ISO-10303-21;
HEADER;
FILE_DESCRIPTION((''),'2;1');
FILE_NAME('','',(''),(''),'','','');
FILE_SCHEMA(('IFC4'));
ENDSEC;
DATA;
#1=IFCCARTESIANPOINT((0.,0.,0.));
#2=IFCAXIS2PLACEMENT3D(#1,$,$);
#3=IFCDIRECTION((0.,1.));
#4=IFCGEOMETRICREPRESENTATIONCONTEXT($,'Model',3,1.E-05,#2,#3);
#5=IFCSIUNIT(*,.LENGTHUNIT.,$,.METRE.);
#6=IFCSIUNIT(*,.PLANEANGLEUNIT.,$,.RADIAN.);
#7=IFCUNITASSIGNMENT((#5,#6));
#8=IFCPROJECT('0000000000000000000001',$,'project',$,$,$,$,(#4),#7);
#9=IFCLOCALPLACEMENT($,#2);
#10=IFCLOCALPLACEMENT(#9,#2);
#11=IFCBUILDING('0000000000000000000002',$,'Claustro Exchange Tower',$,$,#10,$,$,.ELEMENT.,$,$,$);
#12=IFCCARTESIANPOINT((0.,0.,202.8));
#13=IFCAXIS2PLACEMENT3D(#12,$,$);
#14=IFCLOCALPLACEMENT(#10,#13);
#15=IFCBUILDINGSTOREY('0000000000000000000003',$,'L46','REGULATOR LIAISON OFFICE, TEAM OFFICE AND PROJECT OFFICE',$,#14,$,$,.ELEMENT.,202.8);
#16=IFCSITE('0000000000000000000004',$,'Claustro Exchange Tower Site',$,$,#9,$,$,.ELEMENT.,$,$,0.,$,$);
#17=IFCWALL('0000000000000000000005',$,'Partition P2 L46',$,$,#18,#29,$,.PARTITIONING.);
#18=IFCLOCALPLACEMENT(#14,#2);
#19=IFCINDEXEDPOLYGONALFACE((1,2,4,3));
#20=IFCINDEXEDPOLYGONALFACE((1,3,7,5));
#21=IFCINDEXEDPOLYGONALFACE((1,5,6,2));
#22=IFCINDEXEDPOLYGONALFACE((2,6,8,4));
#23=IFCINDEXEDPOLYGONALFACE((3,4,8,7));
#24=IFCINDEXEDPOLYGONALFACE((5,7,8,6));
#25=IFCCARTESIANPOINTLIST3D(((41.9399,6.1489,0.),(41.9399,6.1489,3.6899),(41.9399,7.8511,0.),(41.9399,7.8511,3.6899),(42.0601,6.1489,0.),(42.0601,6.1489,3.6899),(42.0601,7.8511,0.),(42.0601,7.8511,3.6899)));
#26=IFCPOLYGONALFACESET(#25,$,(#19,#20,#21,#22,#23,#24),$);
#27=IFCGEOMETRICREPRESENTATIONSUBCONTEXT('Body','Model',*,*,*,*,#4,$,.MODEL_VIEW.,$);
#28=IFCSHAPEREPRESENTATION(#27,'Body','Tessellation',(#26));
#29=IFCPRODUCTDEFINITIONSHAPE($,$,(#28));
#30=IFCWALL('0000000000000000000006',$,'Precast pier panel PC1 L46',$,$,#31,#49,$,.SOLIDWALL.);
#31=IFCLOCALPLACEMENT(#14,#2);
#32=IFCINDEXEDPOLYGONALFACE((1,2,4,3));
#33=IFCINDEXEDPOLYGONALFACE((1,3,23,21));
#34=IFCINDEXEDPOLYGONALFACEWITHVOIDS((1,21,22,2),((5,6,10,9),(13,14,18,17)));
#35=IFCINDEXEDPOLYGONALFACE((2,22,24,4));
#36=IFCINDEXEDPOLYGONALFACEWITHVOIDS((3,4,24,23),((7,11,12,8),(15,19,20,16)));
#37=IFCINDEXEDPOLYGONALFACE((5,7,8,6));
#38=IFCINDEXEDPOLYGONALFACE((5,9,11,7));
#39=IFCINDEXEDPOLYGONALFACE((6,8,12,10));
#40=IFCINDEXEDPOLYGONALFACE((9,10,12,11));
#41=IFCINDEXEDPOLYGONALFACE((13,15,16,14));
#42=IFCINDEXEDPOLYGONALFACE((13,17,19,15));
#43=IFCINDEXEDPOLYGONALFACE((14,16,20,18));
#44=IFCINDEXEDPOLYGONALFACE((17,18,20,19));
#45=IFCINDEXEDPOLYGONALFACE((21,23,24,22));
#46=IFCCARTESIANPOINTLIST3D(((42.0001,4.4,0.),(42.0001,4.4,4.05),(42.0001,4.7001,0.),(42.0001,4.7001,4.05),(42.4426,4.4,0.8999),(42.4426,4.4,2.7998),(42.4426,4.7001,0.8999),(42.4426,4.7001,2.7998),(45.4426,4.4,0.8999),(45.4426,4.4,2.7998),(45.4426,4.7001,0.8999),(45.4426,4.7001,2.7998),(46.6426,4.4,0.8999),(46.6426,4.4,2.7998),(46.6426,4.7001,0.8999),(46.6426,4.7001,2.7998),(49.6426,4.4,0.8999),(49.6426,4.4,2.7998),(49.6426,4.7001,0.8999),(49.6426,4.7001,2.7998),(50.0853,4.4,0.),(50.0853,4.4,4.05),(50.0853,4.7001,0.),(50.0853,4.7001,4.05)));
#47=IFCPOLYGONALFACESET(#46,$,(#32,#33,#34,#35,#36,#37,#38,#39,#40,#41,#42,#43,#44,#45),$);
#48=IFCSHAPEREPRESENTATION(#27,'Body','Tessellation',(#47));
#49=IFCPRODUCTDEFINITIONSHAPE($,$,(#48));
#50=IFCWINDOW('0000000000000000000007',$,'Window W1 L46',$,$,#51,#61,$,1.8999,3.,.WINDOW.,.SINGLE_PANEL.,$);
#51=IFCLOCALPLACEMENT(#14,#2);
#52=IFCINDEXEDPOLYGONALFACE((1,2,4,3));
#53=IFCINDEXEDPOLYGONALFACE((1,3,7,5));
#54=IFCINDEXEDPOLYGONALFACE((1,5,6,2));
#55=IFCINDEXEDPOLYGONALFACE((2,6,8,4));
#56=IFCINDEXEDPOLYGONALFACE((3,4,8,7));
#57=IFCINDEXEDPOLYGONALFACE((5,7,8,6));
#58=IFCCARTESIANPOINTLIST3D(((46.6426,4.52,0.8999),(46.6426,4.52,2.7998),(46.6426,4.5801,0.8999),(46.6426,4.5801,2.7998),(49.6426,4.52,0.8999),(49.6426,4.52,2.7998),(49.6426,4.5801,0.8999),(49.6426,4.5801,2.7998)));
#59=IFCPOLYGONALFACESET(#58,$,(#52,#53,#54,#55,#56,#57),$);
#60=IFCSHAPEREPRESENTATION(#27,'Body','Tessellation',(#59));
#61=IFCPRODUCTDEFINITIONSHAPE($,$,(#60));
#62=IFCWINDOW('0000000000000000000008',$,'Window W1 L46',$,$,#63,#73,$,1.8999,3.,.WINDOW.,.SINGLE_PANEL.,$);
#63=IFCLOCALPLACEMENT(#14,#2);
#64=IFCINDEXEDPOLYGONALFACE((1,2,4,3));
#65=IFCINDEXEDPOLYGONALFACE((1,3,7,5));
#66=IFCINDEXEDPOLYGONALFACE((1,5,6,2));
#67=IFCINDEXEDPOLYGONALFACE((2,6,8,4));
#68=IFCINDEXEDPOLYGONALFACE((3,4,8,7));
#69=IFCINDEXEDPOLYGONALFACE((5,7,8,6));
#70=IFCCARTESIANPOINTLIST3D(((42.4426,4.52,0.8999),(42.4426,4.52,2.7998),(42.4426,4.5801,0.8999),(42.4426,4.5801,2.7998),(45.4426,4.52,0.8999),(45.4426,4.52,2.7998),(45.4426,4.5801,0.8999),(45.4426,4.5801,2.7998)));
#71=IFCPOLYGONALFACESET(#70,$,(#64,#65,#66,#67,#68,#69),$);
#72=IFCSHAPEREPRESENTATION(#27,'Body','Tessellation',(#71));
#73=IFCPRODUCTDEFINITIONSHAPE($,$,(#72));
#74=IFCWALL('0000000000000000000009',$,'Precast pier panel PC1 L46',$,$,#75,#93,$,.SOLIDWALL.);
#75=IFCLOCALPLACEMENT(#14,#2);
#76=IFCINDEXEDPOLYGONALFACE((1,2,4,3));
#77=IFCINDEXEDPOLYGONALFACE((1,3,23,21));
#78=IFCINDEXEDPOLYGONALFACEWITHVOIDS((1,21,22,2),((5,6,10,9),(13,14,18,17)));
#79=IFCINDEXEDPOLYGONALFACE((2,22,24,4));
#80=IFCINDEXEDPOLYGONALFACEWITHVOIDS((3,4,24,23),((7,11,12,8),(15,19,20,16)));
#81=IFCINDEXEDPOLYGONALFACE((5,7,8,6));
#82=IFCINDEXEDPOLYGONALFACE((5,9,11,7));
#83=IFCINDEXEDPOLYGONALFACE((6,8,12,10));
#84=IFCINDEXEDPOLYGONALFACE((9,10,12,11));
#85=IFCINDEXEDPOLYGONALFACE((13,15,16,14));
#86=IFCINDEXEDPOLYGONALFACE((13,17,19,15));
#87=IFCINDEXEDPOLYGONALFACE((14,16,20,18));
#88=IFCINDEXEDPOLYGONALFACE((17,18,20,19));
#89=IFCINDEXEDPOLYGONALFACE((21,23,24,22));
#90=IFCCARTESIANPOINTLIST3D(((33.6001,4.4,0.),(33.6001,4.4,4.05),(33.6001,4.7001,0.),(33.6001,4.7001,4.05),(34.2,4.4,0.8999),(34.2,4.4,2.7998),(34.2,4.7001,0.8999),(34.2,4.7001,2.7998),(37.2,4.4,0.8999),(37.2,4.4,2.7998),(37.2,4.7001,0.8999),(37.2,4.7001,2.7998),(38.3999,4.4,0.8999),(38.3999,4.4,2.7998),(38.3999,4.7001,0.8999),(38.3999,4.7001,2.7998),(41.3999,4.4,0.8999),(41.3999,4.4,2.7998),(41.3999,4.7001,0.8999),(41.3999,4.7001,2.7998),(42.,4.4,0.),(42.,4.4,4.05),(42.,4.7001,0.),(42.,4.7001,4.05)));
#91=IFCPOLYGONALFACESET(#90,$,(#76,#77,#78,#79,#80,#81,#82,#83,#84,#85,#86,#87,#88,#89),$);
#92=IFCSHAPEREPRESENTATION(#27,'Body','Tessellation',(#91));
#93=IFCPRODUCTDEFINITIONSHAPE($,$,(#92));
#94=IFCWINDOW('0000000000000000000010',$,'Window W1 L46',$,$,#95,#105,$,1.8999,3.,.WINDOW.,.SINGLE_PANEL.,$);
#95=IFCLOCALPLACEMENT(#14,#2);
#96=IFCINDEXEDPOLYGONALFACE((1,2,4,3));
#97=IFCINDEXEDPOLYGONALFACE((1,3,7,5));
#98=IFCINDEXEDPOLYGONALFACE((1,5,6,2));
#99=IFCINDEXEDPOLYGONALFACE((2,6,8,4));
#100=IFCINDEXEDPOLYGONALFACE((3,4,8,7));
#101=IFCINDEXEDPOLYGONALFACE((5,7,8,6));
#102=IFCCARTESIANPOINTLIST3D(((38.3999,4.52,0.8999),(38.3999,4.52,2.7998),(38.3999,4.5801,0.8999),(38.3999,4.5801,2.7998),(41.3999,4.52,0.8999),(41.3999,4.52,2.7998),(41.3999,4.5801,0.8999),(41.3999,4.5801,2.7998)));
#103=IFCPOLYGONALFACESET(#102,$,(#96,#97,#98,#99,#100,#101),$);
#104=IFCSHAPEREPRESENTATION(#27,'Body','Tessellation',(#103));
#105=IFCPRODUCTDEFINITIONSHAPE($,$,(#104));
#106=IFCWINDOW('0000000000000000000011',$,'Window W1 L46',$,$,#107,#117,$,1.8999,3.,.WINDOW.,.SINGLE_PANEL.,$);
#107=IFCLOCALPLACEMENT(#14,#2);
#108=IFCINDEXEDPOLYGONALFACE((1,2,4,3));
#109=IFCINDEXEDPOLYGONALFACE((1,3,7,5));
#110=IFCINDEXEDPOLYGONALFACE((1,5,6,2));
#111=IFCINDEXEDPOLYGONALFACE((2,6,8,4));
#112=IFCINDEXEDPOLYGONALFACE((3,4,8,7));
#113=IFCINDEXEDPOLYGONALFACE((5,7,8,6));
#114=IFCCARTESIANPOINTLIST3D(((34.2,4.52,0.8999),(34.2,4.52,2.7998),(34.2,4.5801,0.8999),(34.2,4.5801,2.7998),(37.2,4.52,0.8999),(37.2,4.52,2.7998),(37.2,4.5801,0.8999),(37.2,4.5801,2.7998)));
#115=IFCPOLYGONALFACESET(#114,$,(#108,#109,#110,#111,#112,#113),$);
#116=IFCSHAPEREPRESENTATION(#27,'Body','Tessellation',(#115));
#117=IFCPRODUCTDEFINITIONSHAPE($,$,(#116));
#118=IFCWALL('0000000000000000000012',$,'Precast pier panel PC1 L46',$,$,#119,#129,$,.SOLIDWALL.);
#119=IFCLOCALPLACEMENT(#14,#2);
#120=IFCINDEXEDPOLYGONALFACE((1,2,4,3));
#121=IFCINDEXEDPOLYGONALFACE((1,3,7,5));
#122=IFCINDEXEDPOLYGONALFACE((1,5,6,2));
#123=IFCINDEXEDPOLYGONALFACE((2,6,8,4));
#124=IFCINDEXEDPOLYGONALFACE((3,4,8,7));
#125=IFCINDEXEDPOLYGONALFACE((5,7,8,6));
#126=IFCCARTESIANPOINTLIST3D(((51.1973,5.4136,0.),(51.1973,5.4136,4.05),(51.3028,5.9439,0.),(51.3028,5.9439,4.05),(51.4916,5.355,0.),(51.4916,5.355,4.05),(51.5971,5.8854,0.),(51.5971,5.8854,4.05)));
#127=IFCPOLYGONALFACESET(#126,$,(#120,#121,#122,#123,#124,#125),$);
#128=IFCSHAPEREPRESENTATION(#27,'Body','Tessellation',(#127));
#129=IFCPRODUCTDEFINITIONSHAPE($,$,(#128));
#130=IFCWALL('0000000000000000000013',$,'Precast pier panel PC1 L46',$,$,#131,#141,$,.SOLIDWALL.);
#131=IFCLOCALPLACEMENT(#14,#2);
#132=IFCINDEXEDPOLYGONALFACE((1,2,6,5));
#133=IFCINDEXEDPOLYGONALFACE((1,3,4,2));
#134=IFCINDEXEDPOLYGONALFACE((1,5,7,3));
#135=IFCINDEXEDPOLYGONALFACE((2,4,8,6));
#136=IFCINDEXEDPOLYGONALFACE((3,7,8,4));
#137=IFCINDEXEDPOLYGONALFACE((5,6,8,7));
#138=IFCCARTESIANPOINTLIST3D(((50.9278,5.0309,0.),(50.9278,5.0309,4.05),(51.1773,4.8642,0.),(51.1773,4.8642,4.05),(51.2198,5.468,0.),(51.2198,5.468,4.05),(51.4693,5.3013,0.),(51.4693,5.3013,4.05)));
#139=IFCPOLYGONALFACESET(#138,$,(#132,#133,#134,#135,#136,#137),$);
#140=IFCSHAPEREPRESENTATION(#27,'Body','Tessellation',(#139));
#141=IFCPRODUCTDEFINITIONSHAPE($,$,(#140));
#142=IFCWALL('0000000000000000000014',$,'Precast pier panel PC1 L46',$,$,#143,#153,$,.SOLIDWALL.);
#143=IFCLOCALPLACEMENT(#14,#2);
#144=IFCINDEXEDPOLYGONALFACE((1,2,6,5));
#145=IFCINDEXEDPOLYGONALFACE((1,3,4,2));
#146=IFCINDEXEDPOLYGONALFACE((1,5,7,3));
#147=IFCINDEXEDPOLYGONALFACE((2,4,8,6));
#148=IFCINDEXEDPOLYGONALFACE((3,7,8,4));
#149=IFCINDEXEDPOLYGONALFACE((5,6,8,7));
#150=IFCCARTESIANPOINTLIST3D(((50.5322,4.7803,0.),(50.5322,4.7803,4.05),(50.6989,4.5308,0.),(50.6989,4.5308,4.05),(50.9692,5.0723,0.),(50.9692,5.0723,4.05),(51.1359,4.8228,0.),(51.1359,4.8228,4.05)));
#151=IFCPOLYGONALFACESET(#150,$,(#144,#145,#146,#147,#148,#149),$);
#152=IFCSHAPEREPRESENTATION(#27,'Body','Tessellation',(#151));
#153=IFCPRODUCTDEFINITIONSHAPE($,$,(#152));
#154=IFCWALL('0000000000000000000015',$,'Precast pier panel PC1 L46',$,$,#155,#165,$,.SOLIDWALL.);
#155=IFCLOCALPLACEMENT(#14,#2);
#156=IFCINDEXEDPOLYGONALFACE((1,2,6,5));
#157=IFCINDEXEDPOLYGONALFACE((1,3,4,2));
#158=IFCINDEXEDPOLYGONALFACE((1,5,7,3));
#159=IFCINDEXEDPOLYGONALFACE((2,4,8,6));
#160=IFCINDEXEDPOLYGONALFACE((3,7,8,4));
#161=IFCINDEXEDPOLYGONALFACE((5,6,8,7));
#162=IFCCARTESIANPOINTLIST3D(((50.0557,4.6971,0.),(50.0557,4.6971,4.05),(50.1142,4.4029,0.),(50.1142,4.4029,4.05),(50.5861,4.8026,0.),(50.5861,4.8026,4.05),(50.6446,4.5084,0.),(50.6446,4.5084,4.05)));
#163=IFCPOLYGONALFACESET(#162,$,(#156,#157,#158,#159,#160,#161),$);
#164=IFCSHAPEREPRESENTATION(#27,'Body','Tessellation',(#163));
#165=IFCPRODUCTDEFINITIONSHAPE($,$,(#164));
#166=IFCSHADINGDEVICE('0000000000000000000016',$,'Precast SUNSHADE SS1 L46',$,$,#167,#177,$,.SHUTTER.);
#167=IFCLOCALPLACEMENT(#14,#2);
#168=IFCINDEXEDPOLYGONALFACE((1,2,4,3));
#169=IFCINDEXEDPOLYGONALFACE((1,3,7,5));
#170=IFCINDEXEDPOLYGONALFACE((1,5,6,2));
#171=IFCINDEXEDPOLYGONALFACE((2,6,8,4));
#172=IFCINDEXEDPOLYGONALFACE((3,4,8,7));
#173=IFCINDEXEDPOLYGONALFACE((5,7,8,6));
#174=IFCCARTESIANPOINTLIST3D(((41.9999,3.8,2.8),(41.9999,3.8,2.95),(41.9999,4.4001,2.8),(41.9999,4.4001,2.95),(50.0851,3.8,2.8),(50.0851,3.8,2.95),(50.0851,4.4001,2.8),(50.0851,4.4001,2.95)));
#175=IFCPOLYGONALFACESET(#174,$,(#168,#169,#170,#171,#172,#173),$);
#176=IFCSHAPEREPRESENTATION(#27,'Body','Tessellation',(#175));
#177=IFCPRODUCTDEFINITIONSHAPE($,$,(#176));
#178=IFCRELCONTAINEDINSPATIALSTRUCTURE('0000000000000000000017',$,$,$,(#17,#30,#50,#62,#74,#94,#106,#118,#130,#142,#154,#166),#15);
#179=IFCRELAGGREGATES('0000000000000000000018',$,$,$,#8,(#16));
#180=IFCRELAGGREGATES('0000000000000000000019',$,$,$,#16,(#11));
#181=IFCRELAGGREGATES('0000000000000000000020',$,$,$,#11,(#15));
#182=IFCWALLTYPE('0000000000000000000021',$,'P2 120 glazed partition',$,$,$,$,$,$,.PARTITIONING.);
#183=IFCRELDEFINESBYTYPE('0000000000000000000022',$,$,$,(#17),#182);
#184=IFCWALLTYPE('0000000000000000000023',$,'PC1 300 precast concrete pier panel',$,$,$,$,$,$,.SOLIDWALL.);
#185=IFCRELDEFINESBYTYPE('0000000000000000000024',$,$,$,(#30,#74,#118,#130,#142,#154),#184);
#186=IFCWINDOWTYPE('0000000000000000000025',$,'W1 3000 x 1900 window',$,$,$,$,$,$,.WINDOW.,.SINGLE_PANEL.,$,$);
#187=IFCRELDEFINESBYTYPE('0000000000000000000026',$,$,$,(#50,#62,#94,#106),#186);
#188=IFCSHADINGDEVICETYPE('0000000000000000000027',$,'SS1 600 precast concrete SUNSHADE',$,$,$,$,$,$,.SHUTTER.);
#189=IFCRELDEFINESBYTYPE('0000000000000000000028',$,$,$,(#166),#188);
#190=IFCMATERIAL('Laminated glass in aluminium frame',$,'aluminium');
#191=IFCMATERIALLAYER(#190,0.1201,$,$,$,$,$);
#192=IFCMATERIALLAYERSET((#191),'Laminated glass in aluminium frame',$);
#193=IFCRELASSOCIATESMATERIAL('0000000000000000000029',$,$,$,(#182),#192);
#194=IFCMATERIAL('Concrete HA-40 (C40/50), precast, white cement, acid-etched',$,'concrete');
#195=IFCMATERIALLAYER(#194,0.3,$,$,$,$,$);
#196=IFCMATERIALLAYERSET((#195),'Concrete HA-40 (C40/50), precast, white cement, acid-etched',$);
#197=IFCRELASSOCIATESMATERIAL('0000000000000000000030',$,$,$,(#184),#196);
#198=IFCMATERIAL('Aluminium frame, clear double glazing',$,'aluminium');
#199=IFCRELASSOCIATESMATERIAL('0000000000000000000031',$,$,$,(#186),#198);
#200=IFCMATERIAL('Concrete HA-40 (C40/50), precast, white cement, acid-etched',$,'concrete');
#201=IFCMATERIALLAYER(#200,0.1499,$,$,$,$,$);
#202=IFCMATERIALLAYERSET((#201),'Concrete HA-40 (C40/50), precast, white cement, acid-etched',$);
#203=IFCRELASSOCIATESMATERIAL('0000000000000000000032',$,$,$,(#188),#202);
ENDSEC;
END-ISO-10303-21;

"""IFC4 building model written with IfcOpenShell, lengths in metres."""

from ifc_helpers import new_model, si_unit, direction, frame, frame_2d, origin, origin_2d, place, context, subcontext, project, spatial, rectangle, extrude, material, layer, layer_set, type_object, element, fill, save


model = new_model("IFC4")

# Units and contexts
model_context = context("Model", 3, precision=1e-05, world=origin(), true_north=direction((0.0, 1.0)))
body_context = subcontext(model_context, "Body", "Model", "MODEL_VIEW")
ifc_project = project(units=[si_unit("LENGTHUNIT", "METRE"), si_unit("PLANEANGLEUNIT", "RADIAN")], contexts=[model_context])

# Site, building, storey
site_placement = place(None, origin())
site = spatial("IfcSite", under=ifc_project, at=site_placement, Name="Claustro Exchange Tower Site", CompositionType="ELEMENT", RefElevation=0.0)
building_placement = place(site_placement, origin())
building = spatial("IfcBuilding", under=site, at=building_placement, Name="Claustro Exchange Tower", CompositionType="ELEMENT")
storey_placement = place(building_placement, frame((0.0, 0.0, 202.8)))
storey = spatial("IfcBuildingStorey", under=building, at=storey_placement, Name="L46", Description="REGULATOR LIAISON OFFICE, TEAM OFFICE AND PROJECT OFFICE", CompositionType="ELEMENT", Elevation=202.8)

# Wall
ifc_material_1 = material(Name="Laminated glass in aluminium frame", Category="aluminium")
ifc_layer_1 = layer(ifc_material_1, 0.1201)
ifc_layer_set_1 = layer_set([ifc_layer_1], Name="Laminated glass in aluminium frame")
wall_type_1 = type_object("IfcWallType", Name="P2 120 glazed partition", PredefinedType="PARTITIONING", material=ifc_layer_set_1)
wall_1_placement = place(storey_placement, frame((42.0, 6.1489, 0.0), z_axis=(0.0, 0.0, 1.0), x_axis=(0.0, 1.0, 0.0)))
element("IfcWall", 1, at=wall_1_placement, inside=storey, type_object=wall_type_1, Name="Partition P2 L46", PredefinedType="PARTITIONING", context=body_context, shape_type="SweptSolid", body=[
    extrude(rectangle(XDim=1.7021, YDim=0.1201, at=frame_2d((0.8511, 0.0))), origin(), (0.0, 0.0, 1.0), 3.6899),
])

# Walls, openings, windows
ifc_material_2 = material(Name="Concrete HA-40 (C40/50), precast, white cement, acid-etched", Category="concrete")
ifc_layer_2 = layer(ifc_material_2, 0.3)
ifc_layer_set_2 = layer_set([ifc_layer_2], Name="Concrete HA-40 (C40/50), precast, white cement, acid-etched")
wall_type_2 = type_object("IfcWallType", Name="PC1 300 precast concrete pier panel", PredefinedType="SOLIDWALL", material=ifc_layer_set_2)
wall_2_placement = place(storey_placement, frame((50.0852, 4.55, 0.0), z_axis=(0.0, 0.0, 1.0), x_axis=(-1.0, 0.0, 0.0)))
wall_2 = element("IfcWall", 2, at=wall_2_placement, inside=storey, type_object=wall_type_2, Name="Precast pier panel PC1 L46", PredefinedType="SOLIDWALL", context=body_context, shape_type="SweptSolid", body=[
    extrude(rectangle(XDim=8.0852, YDim=0.3, at=frame_2d((4.0425, 0.0))), origin(), (0.0, 0.0, 1.0), 4.05),
])
opening_1_placement = place(wall_2_placement, frame((0.4426, 0.0, 0.8999)))
opening_1 = element("IfcOpeningElement", 3, at=opening_1_placement, cuts=wall_2, PredefinedType="OPENING", context=body_context, shape_type="SweptSolid", body=[
    extrude(rectangle(XDim=3.0, YDim=1.8999, at=frame_2d((1.5, 0.95))), frame((0.0, 0.1599, 0.0), z_axis=(0.0, -1.0, 0.0), x_axis=(1.0, 0.0, 0.0)), (0.0, 0.0, 1.0), 0.3201),
])
opening_2_placement = place(wall_2_placement, frame((4.6426, 0.0, 0.8999)))
opening_2 = element("IfcOpeningElement", 4, at=opening_2_placement, cuts=wall_2, PredefinedType="OPENING", context=body_context, shape_type="SweptSolid", body=[
    extrude(rectangle(XDim=3.0, YDim=1.8999, at=frame_2d((1.5, 0.95))), frame((0.0, 0.1599, 0.0), z_axis=(0.0, -1.0, 0.0), x_axis=(1.0, 0.0, 0.0)), (0.0, 0.0, 1.0), 0.3201),
])
ifc_material_3 = material(Name="Aluminium frame, clear double glazing", Category="aluminium")
window_type = type_object("IfcWindowType", Name="W1 3000 x 1900 window", PartitioningType="SINGLE_PANEL", PredefinedType="WINDOW", material=ifc_material_3)
window_1_placement = place(opening_1_placement, origin())
window_1 = element("IfcWindow", 5, at=window_1_placement, inside=storey, type_object=window_type, Name="Window W1 L46", OverallHeight=1.8999, OverallWidth=3.0, PartitioningType="SINGLE_PANEL", PredefinedType="WINDOW", context=body_context, shape_type="SweptSolid", body=[
    extrude(rectangle(XDim=3.0, YDim=1.8999, at=frame_2d((1.5, 0.95))), frame((0.0, 0.03, 0.0), z_axis=(0.0, -1.0, 0.0), x_axis=(1.0, 0.0, 0.0)), (0.0, 0.0, 1.0), 0.0601),
])
fill(opening_1, window_1)
window_2_placement = place(opening_2_placement, origin())
window_2 = element("IfcWindow", 6, at=window_2_placement, inside=storey, type_object=window_type, Name="Window W1 L46", OverallHeight=1.8999, OverallWidth=3.0, PartitioningType="SINGLE_PANEL", PredefinedType="WINDOW", context=body_context, shape_type="SweptSolid", body=[
    extrude(rectangle(XDim=3.0, YDim=1.8999, at=frame_2d((1.5, 0.95))), frame((0.0, 0.03, 0.0), z_axis=(0.0, -1.0, 0.0), x_axis=(1.0, 0.0, 0.0)), (0.0, 0.0, 1.0), 0.0601),
])
fill(opening_2, window_2)
wall_3_placement = place(storey_placement, frame((42.0, 4.55, 0.0), z_axis=(0.0, 0.0, 1.0), x_axis=(-1.0, 0.0, 0.0)))
wall_3 = element("IfcWall", 7, at=wall_3_placement, inside=storey, type_object=wall_type_2, Name="Precast pier panel PC1 L46", PredefinedType="SOLIDWALL", context=body_context, shape_type="SweptSolid", body=[
    extrude(rectangle(XDim=8.3999, YDim=0.3, at=frame_2d((4.2, 0.0))), origin(), (0.0, 0.0, 1.0), 4.05),
])
opening_3_placement = place(wall_3_placement, frame((0.6001, 0.0, 0.8999)))
opening_3 = element("IfcOpeningElement", 8, at=opening_3_placement, cuts=wall_3, PredefinedType="OPENING", context=body_context, shape_type="SweptSolid", body=[
    extrude(rectangle(XDim=3.0, YDim=1.8999, at=frame_2d((1.5, 0.95))), frame((0.0, 0.1599, 0.0), z_axis=(0.0, -1.0, 0.0), x_axis=(1.0, 0.0, 0.0)), (0.0, 0.0, 1.0), 0.3201),
])
opening_4_placement = place(wall_3_placement, frame((4.8, 0.0, 0.8999)))
opening_4 = element("IfcOpeningElement", 9, at=opening_4_placement, cuts=wall_3, PredefinedType="OPENING", context=body_context, shape_type="SweptSolid", body=[
    extrude(rectangle(XDim=3.0, YDim=1.8999, at=frame_2d((1.5, 0.95))), frame((0.0, 0.1599, 0.0), z_axis=(0.0, -1.0, 0.0), x_axis=(1.0, 0.0, 0.0)), (0.0, 0.0, 1.0), 0.3201),
])
window_3_placement = place(opening_3_placement, origin())
window_3 = element("IfcWindow", 10, at=window_3_placement, inside=storey, type_object=window_type, Name="Window W1 L46", OverallHeight=1.8999, OverallWidth=3.0, PartitioningType="SINGLE_PANEL", PredefinedType="WINDOW", context=body_context, shape_type="SweptSolid", body=[
    extrude(rectangle(XDim=3.0, YDim=1.8999, at=frame_2d((1.5, 0.95))), frame((0.0, 0.03, 0.0), z_axis=(0.0, -1.0, 0.0), x_axis=(1.0, 0.0, 0.0)), (0.0, 0.0, 1.0), 0.0601),
])
fill(opening_3, window_3)
window_4_placement = place(opening_4_placement, origin())
window_4 = element("IfcWindow", 11, at=window_4_placement, inside=storey, type_object=window_type, Name="Window W1 L46", OverallHeight=1.8999, OverallWidth=3.0, PartitioningType="SINGLE_PANEL", PredefinedType="WINDOW", context=body_context, shape_type="SweptSolid", body=[
    extrude(rectangle(XDim=3.0, YDim=1.8999, at=frame_2d((1.5, 0.95))), frame((0.0, 0.03, 0.0), z_axis=(0.0, -1.0, 0.0), x_axis=(1.0, 0.0, 0.0)), (0.0, 0.0, 1.0), 0.0601),
])
fill(opening_4, window_4)

# Walls
wall_4_placement = place(storey_placement, frame((51.45, 5.9148, 0.0), z_axis=(0.0, 0.0, 1.0), x_axis=(-0.195074, -0.980789, 0.0)))
element("IfcWall", 12, at=wall_4_placement, inside=storey, type_object=wall_type_2, Name="Precast pier panel PC1 L46", PredefinedType="SOLIDWALL", context=body_context, shape_type="SweptSolid", body=[
    extrude(rectangle(XDim=0.5408, YDim=0.3, at=frame_2d((0.2705, 0.0))), origin(), (0.0, 0.0, 1.0), 4.05),
])
for number, where, z_axis, x_axis, name in (
    (13, (51.3445, 5.3845, 0.0), (0.0, 0.0, 1.0), (-0.555557, -0.831478, 0.0), "Precast pier panel PC1 L46"),
    (14, (51.0525, 4.9475, 0.0), (0.0, 0.0, 1.0), (-0.831478, -0.555557, 0.0), "Precast pier panel PC1 L46"),
):
    element("IfcWall", number, at=place(storey_placement, frame(where, z_axis=z_axis, x_axis=x_axis)), inside=storey, type_object=wall_type_2, Name=name, PredefinedType="SOLIDWALL", context=body_context, shape_type="SweptSolid", body=[
        extrude(rectangle(XDim=0.5256, YDim=0.3, at=frame_2d((0.2627, 0.0))), origin(), (0.0, 0.0, 1.0), 4.05),
    ])
wall_5_placement = place(storey_placement, frame((50.6155, 4.6555, 0.0), z_axis=(0.0, 0.0, 1.0), x_axis=(-0.980789, -0.195074, 0.0)))
element("IfcWall", 15, at=wall_5_placement, inside=storey, type_object=wall_type_2, Name="Precast pier panel PC1 L46", PredefinedType="SOLIDWALL", context=body_context, shape_type="SweptSolid", body=[
    extrude(rectangle(XDim=0.5408, YDim=0.3, at=frame_2d((0.2705, 0.0))), origin(), (0.0, 0.0, 1.0), 4.05),
])

# Shading device
ifc_material_4 = material(Name="Concrete HA-40 (C40/50), precast, white cement, acid-etched", Category="concrete")
ifc_layer_3 = layer(ifc_material_4, 0.1499)
ifc_layer_set_3 = layer_set([ifc_layer_3], Name="Concrete HA-40 (C40/50), precast, white cement, acid-etched")
shading_device_type = type_object("IfcShadingDeviceType", Name="SS1 600 precast concrete SUNSHADE", PredefinedType="SHUTTER", material=ifc_layer_set_3)
shading_device_1_placement = place(storey_placement, frame((46.0425, 4.1001, 2.8), z_axis=(0.0, 0.0, 1.0), x_axis=(-1.0, 0.0, 0.0)))
element("IfcShadingDevice", 16, at=shading_device_1_placement, inside=storey, type_object=shading_device_type, Name="Precast SUNSHADE SS1 L46", PredefinedType="SHUTTER", context=body_context, shape_type="SweptSolid", body=[
    extrude(rectangle(XDim=8.0852, YDim=0.6001, at=origin_2d()), origin(), (0.0, 0.0, 1.0), 0.1499),
])

save(model, "model.ifc")
